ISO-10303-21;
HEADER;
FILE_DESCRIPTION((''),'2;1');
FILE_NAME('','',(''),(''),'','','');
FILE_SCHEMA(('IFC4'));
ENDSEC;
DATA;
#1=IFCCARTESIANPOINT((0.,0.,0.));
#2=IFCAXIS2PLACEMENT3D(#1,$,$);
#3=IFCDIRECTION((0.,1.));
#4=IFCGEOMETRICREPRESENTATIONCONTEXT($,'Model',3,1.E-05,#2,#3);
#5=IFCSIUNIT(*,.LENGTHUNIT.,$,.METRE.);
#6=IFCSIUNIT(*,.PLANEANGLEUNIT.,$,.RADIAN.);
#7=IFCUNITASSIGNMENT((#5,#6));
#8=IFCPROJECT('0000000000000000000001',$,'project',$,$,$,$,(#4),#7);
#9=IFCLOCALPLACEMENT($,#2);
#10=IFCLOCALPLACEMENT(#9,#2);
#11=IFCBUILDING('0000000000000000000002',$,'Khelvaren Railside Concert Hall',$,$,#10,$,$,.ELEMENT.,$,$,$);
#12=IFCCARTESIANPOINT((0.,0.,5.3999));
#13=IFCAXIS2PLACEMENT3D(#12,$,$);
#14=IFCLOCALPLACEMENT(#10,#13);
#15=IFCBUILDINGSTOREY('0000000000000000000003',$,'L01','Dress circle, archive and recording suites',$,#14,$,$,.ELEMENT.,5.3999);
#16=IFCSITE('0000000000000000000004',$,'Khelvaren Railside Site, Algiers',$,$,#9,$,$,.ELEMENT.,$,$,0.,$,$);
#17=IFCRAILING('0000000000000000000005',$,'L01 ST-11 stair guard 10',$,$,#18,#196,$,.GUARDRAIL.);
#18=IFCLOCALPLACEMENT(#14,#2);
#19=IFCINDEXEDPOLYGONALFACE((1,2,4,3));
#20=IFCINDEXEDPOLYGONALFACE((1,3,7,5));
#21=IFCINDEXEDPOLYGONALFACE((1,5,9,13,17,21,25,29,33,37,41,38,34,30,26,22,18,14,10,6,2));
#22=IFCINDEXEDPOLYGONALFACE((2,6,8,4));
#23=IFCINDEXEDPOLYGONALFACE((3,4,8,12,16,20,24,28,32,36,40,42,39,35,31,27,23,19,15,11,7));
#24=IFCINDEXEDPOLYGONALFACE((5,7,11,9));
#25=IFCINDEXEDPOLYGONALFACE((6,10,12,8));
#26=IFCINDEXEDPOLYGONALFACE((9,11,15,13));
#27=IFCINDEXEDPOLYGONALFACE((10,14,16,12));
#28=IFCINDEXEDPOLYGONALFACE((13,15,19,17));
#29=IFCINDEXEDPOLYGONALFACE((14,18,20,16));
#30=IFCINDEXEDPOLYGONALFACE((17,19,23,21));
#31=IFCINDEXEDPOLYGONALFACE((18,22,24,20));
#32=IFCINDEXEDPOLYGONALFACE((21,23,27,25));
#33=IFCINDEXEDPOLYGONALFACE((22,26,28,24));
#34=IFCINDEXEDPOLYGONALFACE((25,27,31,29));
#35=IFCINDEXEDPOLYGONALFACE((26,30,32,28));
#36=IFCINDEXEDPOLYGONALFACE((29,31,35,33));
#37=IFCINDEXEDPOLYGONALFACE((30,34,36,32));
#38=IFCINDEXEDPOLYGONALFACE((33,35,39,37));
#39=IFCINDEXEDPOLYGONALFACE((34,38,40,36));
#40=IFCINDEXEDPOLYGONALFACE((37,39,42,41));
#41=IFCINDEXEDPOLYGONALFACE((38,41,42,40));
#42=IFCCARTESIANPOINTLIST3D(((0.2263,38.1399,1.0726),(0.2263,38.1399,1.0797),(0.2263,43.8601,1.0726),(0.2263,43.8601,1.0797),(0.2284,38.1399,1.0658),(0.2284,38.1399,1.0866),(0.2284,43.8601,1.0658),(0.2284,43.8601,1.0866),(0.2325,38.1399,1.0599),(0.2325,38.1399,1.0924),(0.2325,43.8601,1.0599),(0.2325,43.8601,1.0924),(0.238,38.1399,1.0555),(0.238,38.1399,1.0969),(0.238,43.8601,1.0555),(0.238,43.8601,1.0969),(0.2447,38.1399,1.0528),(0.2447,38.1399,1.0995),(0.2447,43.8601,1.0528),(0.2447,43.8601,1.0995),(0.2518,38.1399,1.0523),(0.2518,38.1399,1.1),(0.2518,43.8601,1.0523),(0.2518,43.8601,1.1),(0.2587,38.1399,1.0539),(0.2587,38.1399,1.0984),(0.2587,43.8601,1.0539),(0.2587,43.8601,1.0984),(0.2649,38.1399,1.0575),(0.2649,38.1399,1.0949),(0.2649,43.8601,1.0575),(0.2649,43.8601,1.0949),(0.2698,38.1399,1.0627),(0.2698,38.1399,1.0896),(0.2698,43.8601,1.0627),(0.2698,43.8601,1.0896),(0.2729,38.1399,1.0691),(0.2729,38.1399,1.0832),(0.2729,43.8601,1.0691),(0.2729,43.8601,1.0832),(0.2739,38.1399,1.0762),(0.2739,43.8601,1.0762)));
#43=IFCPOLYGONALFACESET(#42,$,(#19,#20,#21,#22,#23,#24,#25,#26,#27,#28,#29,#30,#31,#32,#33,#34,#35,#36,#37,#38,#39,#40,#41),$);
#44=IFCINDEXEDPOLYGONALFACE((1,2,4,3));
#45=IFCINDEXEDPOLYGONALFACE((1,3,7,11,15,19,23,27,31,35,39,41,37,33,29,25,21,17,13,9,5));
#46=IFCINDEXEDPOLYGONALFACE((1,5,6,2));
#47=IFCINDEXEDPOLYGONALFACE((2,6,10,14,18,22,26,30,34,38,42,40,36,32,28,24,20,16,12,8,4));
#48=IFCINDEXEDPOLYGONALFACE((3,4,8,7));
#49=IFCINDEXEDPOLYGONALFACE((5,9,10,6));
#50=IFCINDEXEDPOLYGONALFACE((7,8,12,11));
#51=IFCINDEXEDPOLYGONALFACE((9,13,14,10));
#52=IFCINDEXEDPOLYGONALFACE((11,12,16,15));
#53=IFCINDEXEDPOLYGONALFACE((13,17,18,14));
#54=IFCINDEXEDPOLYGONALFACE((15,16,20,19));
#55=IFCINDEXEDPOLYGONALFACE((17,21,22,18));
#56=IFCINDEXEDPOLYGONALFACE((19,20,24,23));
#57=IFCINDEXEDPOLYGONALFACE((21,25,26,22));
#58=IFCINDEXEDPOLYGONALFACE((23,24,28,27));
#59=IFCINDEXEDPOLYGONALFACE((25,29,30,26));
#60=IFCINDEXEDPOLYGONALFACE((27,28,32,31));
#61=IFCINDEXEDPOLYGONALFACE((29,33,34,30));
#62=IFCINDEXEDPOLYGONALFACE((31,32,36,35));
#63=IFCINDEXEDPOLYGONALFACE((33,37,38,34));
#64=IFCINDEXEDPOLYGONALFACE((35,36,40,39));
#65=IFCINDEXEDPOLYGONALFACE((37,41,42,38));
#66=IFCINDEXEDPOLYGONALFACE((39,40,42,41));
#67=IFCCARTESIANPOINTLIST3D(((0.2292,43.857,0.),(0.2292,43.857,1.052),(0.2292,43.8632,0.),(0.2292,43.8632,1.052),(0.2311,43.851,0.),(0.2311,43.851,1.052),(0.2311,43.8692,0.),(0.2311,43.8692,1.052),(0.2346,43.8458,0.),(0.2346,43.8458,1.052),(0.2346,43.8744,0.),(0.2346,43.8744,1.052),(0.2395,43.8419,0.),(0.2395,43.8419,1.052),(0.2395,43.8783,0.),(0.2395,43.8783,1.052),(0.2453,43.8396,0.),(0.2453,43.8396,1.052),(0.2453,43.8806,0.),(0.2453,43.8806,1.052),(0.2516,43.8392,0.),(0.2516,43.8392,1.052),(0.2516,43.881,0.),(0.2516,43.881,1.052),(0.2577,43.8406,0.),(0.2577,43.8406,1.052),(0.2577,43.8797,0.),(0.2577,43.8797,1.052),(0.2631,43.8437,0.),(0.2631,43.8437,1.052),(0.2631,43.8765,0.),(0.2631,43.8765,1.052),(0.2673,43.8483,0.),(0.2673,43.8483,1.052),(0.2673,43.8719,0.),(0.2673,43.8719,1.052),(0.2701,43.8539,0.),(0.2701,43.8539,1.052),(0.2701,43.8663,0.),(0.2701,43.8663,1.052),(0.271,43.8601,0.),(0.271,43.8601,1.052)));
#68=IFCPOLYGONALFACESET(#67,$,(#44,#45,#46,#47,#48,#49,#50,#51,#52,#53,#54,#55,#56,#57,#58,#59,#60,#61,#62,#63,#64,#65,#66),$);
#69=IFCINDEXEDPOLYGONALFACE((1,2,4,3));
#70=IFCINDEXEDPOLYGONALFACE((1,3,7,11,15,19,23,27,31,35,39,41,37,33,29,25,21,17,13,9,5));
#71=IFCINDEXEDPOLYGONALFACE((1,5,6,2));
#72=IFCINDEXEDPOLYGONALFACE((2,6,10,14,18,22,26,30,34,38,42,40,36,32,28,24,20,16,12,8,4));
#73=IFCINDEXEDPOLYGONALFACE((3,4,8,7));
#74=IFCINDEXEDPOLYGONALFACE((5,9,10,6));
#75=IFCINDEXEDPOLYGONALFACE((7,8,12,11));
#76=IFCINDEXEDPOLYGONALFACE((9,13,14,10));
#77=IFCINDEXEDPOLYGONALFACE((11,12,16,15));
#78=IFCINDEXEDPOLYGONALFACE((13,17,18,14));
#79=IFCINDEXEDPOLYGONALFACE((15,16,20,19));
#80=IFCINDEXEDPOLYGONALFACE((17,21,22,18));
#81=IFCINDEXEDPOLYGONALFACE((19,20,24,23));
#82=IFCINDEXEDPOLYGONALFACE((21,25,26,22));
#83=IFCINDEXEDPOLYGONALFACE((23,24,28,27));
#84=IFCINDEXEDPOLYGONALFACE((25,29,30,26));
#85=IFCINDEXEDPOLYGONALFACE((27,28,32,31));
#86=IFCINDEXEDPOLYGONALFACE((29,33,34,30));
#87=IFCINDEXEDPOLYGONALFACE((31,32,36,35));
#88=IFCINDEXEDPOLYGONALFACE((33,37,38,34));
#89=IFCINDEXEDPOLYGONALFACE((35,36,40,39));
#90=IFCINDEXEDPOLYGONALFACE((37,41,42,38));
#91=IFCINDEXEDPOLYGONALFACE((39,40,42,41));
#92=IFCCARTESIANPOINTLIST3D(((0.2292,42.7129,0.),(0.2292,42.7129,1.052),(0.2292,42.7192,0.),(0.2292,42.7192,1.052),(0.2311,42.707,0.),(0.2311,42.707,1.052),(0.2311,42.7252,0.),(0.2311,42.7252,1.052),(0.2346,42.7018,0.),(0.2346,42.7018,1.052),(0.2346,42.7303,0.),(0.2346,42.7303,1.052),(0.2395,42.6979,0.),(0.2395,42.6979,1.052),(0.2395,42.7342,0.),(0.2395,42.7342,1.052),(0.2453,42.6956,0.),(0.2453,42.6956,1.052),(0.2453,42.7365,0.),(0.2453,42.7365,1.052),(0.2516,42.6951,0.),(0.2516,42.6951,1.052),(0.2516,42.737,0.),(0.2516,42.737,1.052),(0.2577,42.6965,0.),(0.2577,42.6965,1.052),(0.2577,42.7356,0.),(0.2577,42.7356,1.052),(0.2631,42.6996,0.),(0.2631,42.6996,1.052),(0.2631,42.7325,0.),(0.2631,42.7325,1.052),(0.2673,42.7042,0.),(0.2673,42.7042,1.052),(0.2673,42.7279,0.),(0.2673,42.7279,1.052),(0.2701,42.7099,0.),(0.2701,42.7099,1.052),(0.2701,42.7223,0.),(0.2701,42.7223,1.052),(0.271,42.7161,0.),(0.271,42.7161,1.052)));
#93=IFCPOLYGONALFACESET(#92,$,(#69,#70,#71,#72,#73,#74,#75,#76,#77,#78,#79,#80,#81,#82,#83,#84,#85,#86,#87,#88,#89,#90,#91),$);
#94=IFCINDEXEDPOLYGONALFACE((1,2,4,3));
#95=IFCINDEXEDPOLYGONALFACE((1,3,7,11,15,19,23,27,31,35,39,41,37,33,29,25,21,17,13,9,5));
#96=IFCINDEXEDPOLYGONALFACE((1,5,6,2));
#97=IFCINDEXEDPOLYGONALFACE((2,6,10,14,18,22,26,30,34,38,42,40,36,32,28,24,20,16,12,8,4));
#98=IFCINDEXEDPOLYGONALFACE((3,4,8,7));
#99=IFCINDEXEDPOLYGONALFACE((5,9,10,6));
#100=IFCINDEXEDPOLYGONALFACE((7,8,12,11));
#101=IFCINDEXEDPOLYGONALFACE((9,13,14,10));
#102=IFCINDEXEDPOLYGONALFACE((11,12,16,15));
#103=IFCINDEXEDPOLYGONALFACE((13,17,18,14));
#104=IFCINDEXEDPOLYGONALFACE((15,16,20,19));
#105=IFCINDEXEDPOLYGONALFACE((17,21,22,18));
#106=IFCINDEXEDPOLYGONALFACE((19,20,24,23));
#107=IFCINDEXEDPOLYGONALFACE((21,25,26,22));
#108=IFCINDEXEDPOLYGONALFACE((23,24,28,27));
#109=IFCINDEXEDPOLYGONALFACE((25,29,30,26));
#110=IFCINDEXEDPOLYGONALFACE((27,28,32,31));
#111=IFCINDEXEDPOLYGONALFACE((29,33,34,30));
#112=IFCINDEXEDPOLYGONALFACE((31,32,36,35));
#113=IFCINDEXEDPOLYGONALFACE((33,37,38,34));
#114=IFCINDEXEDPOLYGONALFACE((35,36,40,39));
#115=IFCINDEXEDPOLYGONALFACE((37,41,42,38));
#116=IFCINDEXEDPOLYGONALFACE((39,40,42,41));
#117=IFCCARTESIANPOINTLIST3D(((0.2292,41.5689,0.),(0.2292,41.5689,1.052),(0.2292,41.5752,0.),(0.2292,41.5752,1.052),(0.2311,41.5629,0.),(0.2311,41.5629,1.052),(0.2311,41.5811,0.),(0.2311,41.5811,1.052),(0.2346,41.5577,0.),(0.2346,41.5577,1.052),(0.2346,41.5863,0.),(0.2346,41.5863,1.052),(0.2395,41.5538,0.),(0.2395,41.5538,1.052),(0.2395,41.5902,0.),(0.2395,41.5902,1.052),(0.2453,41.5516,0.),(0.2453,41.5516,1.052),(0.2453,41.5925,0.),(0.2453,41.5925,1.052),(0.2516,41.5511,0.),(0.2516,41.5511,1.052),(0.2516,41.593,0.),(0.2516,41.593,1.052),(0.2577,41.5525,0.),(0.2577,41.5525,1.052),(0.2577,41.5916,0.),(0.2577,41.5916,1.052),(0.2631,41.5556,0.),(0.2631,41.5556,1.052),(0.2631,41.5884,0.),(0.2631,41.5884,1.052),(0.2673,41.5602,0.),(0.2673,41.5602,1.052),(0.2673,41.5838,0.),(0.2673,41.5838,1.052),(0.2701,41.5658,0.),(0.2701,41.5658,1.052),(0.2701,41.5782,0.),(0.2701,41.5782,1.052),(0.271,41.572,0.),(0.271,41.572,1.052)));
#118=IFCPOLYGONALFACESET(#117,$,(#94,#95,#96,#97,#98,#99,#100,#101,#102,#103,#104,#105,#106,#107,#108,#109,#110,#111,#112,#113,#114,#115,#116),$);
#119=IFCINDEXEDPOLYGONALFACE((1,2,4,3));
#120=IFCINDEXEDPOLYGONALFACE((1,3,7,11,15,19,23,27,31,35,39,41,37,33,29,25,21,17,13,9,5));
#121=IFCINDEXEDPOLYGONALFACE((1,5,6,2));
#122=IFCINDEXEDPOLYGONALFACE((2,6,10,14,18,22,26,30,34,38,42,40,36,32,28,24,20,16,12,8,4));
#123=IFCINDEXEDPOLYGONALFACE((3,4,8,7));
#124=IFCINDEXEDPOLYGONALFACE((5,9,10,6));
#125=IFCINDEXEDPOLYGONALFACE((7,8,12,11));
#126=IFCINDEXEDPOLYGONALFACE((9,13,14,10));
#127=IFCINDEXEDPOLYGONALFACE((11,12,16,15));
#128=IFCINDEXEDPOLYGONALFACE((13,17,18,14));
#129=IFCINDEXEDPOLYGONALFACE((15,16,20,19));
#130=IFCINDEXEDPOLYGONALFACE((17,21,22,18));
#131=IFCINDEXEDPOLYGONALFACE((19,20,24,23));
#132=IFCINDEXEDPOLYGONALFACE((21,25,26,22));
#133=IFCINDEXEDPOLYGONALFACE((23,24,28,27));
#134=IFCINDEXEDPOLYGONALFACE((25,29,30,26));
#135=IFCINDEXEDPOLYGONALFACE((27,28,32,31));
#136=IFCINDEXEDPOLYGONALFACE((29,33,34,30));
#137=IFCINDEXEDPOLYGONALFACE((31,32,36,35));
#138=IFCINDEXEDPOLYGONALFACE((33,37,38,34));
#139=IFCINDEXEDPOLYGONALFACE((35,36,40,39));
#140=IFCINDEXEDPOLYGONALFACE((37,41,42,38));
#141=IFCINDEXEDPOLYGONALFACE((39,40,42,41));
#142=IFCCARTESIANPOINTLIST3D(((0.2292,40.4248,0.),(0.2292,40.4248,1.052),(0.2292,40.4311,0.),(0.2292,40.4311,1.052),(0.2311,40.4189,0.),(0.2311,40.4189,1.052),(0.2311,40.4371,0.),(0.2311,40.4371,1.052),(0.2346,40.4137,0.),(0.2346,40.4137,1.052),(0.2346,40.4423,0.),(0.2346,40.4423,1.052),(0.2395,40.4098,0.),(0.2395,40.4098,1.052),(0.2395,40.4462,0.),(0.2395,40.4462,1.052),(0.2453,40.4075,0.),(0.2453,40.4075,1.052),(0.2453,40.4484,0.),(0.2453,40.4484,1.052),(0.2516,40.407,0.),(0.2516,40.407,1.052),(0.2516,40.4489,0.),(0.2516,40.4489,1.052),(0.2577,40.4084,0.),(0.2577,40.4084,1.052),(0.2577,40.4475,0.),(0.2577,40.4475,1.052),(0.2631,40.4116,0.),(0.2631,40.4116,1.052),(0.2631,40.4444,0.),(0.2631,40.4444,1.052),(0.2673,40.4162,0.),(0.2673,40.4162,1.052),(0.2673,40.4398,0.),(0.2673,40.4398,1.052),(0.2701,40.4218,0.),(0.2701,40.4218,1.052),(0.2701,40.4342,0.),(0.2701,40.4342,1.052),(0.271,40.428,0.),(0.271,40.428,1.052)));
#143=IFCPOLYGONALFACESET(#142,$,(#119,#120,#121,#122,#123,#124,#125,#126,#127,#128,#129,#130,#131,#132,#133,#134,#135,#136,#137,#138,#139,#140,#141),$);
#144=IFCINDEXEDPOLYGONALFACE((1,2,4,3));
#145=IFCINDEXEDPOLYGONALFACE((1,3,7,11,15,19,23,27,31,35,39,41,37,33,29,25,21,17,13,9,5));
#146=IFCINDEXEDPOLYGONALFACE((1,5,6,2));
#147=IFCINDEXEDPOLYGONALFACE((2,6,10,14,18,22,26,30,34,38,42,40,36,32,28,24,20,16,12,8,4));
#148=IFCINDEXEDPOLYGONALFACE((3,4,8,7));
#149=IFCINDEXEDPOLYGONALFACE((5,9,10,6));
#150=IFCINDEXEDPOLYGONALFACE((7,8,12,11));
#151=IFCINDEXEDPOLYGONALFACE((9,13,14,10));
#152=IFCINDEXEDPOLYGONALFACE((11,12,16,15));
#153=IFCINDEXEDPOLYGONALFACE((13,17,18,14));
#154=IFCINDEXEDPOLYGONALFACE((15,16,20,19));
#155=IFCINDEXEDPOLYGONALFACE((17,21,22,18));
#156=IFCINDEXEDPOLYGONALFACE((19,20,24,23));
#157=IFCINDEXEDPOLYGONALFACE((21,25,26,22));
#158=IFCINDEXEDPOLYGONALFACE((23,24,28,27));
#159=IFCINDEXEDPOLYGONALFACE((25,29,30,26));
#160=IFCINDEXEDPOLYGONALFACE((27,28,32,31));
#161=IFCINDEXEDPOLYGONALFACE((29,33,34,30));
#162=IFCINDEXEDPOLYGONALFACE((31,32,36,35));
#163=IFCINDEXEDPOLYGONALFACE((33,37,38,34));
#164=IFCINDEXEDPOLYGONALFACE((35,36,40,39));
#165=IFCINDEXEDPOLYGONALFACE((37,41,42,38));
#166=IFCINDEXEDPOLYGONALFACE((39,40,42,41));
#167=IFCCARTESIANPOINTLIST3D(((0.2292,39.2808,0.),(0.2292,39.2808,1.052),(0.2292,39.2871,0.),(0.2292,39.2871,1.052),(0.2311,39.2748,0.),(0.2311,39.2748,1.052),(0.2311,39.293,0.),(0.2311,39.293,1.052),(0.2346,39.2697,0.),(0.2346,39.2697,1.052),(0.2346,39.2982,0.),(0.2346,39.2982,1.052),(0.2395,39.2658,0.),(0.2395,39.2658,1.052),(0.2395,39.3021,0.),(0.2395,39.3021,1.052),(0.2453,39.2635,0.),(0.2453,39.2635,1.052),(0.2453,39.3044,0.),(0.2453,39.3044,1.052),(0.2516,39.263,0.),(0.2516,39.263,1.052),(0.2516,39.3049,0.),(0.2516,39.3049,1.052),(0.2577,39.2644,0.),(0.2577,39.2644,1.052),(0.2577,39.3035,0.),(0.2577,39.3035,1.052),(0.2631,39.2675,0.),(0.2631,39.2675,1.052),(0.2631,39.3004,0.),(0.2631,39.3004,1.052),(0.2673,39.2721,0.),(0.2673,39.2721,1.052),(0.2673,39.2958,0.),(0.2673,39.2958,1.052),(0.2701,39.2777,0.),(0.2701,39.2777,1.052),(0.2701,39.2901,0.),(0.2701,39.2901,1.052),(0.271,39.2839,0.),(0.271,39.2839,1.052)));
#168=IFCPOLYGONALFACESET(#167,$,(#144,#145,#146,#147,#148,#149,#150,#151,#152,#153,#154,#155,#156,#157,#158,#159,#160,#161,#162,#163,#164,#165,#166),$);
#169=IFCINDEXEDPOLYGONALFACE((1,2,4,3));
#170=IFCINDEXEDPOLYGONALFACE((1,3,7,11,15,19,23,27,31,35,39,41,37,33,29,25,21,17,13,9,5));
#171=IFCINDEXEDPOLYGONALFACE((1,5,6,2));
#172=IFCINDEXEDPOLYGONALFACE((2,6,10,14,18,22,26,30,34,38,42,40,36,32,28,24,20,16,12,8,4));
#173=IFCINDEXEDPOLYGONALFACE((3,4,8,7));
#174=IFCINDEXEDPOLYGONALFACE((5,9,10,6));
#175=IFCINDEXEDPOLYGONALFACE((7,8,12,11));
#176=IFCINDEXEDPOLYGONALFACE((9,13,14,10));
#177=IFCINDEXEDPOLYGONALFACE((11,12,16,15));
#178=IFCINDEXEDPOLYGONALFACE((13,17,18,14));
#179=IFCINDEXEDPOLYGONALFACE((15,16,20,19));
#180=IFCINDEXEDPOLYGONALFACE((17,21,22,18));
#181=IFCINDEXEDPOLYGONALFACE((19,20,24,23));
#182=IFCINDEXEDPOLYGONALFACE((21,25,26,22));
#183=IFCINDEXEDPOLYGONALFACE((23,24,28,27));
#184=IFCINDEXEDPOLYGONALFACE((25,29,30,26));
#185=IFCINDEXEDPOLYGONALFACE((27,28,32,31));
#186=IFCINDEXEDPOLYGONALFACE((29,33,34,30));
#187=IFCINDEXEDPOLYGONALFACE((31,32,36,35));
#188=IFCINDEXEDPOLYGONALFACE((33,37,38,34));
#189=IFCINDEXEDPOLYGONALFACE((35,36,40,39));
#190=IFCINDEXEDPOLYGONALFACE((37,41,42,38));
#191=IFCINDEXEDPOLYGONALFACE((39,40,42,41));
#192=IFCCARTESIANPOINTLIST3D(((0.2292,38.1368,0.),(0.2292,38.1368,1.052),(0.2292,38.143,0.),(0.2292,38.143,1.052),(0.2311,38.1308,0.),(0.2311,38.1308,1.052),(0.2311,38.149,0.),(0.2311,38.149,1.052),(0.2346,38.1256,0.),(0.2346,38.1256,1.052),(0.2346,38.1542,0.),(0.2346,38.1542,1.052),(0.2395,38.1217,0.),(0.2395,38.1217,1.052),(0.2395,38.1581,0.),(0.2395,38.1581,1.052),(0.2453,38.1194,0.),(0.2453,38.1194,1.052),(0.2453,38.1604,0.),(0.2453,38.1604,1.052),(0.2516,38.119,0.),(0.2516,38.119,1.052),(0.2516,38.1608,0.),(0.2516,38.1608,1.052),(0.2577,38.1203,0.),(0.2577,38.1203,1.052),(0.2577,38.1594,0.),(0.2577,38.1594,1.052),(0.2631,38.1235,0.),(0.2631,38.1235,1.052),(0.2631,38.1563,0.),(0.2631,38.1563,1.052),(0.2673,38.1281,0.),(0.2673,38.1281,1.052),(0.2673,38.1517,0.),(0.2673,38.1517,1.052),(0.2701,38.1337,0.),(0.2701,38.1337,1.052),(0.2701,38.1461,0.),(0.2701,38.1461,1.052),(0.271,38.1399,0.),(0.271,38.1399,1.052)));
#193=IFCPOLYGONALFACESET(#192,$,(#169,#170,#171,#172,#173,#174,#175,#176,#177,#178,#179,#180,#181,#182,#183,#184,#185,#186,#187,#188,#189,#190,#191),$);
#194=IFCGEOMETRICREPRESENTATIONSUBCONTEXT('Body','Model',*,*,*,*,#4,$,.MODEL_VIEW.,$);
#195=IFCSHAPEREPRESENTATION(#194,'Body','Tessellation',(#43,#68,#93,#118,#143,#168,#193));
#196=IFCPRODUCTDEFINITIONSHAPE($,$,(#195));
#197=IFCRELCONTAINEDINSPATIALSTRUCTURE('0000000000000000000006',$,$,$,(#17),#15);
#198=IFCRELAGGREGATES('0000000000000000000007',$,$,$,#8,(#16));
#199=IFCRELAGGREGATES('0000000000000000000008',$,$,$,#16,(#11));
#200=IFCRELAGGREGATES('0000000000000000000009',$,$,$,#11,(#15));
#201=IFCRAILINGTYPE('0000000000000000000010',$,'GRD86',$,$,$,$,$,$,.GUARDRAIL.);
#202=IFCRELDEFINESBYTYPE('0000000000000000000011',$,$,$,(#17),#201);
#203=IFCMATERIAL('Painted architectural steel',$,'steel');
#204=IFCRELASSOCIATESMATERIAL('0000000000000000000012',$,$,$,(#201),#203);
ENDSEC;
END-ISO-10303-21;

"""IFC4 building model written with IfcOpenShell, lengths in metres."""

from ifc_helpers import new_model, si_unit, direction, frame, origin, origin_2d, place, context, subcontext, project, spatial, circle, extrude, material, type_object, element, save


model = new_model("IFC4")

# Units and contexts
model_context = context("Model", 3, precision=1e-05, world=origin(), true_north=direction((0.0, 1.0)))
body_context = subcontext(model_context, "Body", "Model", "MODEL_VIEW")
ifc_project = project(units=[si_unit("LENGTHUNIT", "METRE"), si_unit("PLANEANGLEUNIT", "RADIAN")], contexts=[model_context])

# Site, building, storey
site_placement = place(None, origin())
site = spatial("IfcSite", under=ifc_project, at=site_placement, Name="Khelvaren Railside Site, Algiers", CompositionType="ELEMENT", RefElevation=0.0)
building_placement = place(site_placement, origin())
building = spatial("IfcBuilding", under=site, at=building_placement, Name="Khelvaren Railside Concert Hall", CompositionType="ELEMENT")
storey_placement = place(building_placement, frame((0.0, 0.0, 5.3999)))
storey = spatial("IfcBuildingStorey", under=building, at=storey_placement, Name="L01", Description="Dress circle, archive and recording suites", CompositionType="ELEMENT", Elevation=5.3999)

# Railing
ifc_material_1 = material(Name="Painted architectural steel", Category="steel")
railing_type_1 = type_object("IfcRailingType", Name="GRD86", PredefinedType="GUARDRAIL", material=ifc_material_1)
railing_1_placement = place(storey_placement, frame((0.25, 43.8601, 0.0)))
element("IfcRailing", 1, at=railing_1_placement, inside=storey, type_object=railing_type_1, Name="L01 ST-11 stair guard 10", PredefinedType="GUARDRAIL", context=body_context, shape_type="SweptSolid", body=[
    extrude(circle(Radius=0.0239, at=origin_2d()), frame((0.0, 0.0, 1.0762), z_axis=(0.0, -1.0, 0.0), x_axis=(1.0, 0.0, 0.0)), (0.0, 0.0, 1.0), 5.7202),
    extrude(circle(Radius=0.021, at=origin_2d()), origin(), (0.0, 0.0, 1.0), 1.052),
    extrude(circle(Radius=0.021, at=origin_2d()), frame((0.0, -1.144, 0.0)), (0.0, 0.0, 1.0), 1.052),
    extrude(circle(Radius=0.021, at=origin_2d()), frame((0.0, -2.2881, 0.0)), (0.0, 0.0, 1.0), 1.052),
    extrude(circle(Radius=0.021, at=origin_2d()), frame((0.0, -3.4321, 0.0)), (0.0, 0.0, 1.0), 1.052),
    extrude(circle(Radius=0.021, at=origin_2d()), frame((0.0, -4.5762, 0.0)), (0.0, 0.0, 1.0), 1.052),
    extrude(circle(Radius=0.021, at=origin_2d()), frame((0.0, -5.7202, 0.0)), (0.0, 0.0, 1.0), 1.052),
])

save(model, "model.ifc")
